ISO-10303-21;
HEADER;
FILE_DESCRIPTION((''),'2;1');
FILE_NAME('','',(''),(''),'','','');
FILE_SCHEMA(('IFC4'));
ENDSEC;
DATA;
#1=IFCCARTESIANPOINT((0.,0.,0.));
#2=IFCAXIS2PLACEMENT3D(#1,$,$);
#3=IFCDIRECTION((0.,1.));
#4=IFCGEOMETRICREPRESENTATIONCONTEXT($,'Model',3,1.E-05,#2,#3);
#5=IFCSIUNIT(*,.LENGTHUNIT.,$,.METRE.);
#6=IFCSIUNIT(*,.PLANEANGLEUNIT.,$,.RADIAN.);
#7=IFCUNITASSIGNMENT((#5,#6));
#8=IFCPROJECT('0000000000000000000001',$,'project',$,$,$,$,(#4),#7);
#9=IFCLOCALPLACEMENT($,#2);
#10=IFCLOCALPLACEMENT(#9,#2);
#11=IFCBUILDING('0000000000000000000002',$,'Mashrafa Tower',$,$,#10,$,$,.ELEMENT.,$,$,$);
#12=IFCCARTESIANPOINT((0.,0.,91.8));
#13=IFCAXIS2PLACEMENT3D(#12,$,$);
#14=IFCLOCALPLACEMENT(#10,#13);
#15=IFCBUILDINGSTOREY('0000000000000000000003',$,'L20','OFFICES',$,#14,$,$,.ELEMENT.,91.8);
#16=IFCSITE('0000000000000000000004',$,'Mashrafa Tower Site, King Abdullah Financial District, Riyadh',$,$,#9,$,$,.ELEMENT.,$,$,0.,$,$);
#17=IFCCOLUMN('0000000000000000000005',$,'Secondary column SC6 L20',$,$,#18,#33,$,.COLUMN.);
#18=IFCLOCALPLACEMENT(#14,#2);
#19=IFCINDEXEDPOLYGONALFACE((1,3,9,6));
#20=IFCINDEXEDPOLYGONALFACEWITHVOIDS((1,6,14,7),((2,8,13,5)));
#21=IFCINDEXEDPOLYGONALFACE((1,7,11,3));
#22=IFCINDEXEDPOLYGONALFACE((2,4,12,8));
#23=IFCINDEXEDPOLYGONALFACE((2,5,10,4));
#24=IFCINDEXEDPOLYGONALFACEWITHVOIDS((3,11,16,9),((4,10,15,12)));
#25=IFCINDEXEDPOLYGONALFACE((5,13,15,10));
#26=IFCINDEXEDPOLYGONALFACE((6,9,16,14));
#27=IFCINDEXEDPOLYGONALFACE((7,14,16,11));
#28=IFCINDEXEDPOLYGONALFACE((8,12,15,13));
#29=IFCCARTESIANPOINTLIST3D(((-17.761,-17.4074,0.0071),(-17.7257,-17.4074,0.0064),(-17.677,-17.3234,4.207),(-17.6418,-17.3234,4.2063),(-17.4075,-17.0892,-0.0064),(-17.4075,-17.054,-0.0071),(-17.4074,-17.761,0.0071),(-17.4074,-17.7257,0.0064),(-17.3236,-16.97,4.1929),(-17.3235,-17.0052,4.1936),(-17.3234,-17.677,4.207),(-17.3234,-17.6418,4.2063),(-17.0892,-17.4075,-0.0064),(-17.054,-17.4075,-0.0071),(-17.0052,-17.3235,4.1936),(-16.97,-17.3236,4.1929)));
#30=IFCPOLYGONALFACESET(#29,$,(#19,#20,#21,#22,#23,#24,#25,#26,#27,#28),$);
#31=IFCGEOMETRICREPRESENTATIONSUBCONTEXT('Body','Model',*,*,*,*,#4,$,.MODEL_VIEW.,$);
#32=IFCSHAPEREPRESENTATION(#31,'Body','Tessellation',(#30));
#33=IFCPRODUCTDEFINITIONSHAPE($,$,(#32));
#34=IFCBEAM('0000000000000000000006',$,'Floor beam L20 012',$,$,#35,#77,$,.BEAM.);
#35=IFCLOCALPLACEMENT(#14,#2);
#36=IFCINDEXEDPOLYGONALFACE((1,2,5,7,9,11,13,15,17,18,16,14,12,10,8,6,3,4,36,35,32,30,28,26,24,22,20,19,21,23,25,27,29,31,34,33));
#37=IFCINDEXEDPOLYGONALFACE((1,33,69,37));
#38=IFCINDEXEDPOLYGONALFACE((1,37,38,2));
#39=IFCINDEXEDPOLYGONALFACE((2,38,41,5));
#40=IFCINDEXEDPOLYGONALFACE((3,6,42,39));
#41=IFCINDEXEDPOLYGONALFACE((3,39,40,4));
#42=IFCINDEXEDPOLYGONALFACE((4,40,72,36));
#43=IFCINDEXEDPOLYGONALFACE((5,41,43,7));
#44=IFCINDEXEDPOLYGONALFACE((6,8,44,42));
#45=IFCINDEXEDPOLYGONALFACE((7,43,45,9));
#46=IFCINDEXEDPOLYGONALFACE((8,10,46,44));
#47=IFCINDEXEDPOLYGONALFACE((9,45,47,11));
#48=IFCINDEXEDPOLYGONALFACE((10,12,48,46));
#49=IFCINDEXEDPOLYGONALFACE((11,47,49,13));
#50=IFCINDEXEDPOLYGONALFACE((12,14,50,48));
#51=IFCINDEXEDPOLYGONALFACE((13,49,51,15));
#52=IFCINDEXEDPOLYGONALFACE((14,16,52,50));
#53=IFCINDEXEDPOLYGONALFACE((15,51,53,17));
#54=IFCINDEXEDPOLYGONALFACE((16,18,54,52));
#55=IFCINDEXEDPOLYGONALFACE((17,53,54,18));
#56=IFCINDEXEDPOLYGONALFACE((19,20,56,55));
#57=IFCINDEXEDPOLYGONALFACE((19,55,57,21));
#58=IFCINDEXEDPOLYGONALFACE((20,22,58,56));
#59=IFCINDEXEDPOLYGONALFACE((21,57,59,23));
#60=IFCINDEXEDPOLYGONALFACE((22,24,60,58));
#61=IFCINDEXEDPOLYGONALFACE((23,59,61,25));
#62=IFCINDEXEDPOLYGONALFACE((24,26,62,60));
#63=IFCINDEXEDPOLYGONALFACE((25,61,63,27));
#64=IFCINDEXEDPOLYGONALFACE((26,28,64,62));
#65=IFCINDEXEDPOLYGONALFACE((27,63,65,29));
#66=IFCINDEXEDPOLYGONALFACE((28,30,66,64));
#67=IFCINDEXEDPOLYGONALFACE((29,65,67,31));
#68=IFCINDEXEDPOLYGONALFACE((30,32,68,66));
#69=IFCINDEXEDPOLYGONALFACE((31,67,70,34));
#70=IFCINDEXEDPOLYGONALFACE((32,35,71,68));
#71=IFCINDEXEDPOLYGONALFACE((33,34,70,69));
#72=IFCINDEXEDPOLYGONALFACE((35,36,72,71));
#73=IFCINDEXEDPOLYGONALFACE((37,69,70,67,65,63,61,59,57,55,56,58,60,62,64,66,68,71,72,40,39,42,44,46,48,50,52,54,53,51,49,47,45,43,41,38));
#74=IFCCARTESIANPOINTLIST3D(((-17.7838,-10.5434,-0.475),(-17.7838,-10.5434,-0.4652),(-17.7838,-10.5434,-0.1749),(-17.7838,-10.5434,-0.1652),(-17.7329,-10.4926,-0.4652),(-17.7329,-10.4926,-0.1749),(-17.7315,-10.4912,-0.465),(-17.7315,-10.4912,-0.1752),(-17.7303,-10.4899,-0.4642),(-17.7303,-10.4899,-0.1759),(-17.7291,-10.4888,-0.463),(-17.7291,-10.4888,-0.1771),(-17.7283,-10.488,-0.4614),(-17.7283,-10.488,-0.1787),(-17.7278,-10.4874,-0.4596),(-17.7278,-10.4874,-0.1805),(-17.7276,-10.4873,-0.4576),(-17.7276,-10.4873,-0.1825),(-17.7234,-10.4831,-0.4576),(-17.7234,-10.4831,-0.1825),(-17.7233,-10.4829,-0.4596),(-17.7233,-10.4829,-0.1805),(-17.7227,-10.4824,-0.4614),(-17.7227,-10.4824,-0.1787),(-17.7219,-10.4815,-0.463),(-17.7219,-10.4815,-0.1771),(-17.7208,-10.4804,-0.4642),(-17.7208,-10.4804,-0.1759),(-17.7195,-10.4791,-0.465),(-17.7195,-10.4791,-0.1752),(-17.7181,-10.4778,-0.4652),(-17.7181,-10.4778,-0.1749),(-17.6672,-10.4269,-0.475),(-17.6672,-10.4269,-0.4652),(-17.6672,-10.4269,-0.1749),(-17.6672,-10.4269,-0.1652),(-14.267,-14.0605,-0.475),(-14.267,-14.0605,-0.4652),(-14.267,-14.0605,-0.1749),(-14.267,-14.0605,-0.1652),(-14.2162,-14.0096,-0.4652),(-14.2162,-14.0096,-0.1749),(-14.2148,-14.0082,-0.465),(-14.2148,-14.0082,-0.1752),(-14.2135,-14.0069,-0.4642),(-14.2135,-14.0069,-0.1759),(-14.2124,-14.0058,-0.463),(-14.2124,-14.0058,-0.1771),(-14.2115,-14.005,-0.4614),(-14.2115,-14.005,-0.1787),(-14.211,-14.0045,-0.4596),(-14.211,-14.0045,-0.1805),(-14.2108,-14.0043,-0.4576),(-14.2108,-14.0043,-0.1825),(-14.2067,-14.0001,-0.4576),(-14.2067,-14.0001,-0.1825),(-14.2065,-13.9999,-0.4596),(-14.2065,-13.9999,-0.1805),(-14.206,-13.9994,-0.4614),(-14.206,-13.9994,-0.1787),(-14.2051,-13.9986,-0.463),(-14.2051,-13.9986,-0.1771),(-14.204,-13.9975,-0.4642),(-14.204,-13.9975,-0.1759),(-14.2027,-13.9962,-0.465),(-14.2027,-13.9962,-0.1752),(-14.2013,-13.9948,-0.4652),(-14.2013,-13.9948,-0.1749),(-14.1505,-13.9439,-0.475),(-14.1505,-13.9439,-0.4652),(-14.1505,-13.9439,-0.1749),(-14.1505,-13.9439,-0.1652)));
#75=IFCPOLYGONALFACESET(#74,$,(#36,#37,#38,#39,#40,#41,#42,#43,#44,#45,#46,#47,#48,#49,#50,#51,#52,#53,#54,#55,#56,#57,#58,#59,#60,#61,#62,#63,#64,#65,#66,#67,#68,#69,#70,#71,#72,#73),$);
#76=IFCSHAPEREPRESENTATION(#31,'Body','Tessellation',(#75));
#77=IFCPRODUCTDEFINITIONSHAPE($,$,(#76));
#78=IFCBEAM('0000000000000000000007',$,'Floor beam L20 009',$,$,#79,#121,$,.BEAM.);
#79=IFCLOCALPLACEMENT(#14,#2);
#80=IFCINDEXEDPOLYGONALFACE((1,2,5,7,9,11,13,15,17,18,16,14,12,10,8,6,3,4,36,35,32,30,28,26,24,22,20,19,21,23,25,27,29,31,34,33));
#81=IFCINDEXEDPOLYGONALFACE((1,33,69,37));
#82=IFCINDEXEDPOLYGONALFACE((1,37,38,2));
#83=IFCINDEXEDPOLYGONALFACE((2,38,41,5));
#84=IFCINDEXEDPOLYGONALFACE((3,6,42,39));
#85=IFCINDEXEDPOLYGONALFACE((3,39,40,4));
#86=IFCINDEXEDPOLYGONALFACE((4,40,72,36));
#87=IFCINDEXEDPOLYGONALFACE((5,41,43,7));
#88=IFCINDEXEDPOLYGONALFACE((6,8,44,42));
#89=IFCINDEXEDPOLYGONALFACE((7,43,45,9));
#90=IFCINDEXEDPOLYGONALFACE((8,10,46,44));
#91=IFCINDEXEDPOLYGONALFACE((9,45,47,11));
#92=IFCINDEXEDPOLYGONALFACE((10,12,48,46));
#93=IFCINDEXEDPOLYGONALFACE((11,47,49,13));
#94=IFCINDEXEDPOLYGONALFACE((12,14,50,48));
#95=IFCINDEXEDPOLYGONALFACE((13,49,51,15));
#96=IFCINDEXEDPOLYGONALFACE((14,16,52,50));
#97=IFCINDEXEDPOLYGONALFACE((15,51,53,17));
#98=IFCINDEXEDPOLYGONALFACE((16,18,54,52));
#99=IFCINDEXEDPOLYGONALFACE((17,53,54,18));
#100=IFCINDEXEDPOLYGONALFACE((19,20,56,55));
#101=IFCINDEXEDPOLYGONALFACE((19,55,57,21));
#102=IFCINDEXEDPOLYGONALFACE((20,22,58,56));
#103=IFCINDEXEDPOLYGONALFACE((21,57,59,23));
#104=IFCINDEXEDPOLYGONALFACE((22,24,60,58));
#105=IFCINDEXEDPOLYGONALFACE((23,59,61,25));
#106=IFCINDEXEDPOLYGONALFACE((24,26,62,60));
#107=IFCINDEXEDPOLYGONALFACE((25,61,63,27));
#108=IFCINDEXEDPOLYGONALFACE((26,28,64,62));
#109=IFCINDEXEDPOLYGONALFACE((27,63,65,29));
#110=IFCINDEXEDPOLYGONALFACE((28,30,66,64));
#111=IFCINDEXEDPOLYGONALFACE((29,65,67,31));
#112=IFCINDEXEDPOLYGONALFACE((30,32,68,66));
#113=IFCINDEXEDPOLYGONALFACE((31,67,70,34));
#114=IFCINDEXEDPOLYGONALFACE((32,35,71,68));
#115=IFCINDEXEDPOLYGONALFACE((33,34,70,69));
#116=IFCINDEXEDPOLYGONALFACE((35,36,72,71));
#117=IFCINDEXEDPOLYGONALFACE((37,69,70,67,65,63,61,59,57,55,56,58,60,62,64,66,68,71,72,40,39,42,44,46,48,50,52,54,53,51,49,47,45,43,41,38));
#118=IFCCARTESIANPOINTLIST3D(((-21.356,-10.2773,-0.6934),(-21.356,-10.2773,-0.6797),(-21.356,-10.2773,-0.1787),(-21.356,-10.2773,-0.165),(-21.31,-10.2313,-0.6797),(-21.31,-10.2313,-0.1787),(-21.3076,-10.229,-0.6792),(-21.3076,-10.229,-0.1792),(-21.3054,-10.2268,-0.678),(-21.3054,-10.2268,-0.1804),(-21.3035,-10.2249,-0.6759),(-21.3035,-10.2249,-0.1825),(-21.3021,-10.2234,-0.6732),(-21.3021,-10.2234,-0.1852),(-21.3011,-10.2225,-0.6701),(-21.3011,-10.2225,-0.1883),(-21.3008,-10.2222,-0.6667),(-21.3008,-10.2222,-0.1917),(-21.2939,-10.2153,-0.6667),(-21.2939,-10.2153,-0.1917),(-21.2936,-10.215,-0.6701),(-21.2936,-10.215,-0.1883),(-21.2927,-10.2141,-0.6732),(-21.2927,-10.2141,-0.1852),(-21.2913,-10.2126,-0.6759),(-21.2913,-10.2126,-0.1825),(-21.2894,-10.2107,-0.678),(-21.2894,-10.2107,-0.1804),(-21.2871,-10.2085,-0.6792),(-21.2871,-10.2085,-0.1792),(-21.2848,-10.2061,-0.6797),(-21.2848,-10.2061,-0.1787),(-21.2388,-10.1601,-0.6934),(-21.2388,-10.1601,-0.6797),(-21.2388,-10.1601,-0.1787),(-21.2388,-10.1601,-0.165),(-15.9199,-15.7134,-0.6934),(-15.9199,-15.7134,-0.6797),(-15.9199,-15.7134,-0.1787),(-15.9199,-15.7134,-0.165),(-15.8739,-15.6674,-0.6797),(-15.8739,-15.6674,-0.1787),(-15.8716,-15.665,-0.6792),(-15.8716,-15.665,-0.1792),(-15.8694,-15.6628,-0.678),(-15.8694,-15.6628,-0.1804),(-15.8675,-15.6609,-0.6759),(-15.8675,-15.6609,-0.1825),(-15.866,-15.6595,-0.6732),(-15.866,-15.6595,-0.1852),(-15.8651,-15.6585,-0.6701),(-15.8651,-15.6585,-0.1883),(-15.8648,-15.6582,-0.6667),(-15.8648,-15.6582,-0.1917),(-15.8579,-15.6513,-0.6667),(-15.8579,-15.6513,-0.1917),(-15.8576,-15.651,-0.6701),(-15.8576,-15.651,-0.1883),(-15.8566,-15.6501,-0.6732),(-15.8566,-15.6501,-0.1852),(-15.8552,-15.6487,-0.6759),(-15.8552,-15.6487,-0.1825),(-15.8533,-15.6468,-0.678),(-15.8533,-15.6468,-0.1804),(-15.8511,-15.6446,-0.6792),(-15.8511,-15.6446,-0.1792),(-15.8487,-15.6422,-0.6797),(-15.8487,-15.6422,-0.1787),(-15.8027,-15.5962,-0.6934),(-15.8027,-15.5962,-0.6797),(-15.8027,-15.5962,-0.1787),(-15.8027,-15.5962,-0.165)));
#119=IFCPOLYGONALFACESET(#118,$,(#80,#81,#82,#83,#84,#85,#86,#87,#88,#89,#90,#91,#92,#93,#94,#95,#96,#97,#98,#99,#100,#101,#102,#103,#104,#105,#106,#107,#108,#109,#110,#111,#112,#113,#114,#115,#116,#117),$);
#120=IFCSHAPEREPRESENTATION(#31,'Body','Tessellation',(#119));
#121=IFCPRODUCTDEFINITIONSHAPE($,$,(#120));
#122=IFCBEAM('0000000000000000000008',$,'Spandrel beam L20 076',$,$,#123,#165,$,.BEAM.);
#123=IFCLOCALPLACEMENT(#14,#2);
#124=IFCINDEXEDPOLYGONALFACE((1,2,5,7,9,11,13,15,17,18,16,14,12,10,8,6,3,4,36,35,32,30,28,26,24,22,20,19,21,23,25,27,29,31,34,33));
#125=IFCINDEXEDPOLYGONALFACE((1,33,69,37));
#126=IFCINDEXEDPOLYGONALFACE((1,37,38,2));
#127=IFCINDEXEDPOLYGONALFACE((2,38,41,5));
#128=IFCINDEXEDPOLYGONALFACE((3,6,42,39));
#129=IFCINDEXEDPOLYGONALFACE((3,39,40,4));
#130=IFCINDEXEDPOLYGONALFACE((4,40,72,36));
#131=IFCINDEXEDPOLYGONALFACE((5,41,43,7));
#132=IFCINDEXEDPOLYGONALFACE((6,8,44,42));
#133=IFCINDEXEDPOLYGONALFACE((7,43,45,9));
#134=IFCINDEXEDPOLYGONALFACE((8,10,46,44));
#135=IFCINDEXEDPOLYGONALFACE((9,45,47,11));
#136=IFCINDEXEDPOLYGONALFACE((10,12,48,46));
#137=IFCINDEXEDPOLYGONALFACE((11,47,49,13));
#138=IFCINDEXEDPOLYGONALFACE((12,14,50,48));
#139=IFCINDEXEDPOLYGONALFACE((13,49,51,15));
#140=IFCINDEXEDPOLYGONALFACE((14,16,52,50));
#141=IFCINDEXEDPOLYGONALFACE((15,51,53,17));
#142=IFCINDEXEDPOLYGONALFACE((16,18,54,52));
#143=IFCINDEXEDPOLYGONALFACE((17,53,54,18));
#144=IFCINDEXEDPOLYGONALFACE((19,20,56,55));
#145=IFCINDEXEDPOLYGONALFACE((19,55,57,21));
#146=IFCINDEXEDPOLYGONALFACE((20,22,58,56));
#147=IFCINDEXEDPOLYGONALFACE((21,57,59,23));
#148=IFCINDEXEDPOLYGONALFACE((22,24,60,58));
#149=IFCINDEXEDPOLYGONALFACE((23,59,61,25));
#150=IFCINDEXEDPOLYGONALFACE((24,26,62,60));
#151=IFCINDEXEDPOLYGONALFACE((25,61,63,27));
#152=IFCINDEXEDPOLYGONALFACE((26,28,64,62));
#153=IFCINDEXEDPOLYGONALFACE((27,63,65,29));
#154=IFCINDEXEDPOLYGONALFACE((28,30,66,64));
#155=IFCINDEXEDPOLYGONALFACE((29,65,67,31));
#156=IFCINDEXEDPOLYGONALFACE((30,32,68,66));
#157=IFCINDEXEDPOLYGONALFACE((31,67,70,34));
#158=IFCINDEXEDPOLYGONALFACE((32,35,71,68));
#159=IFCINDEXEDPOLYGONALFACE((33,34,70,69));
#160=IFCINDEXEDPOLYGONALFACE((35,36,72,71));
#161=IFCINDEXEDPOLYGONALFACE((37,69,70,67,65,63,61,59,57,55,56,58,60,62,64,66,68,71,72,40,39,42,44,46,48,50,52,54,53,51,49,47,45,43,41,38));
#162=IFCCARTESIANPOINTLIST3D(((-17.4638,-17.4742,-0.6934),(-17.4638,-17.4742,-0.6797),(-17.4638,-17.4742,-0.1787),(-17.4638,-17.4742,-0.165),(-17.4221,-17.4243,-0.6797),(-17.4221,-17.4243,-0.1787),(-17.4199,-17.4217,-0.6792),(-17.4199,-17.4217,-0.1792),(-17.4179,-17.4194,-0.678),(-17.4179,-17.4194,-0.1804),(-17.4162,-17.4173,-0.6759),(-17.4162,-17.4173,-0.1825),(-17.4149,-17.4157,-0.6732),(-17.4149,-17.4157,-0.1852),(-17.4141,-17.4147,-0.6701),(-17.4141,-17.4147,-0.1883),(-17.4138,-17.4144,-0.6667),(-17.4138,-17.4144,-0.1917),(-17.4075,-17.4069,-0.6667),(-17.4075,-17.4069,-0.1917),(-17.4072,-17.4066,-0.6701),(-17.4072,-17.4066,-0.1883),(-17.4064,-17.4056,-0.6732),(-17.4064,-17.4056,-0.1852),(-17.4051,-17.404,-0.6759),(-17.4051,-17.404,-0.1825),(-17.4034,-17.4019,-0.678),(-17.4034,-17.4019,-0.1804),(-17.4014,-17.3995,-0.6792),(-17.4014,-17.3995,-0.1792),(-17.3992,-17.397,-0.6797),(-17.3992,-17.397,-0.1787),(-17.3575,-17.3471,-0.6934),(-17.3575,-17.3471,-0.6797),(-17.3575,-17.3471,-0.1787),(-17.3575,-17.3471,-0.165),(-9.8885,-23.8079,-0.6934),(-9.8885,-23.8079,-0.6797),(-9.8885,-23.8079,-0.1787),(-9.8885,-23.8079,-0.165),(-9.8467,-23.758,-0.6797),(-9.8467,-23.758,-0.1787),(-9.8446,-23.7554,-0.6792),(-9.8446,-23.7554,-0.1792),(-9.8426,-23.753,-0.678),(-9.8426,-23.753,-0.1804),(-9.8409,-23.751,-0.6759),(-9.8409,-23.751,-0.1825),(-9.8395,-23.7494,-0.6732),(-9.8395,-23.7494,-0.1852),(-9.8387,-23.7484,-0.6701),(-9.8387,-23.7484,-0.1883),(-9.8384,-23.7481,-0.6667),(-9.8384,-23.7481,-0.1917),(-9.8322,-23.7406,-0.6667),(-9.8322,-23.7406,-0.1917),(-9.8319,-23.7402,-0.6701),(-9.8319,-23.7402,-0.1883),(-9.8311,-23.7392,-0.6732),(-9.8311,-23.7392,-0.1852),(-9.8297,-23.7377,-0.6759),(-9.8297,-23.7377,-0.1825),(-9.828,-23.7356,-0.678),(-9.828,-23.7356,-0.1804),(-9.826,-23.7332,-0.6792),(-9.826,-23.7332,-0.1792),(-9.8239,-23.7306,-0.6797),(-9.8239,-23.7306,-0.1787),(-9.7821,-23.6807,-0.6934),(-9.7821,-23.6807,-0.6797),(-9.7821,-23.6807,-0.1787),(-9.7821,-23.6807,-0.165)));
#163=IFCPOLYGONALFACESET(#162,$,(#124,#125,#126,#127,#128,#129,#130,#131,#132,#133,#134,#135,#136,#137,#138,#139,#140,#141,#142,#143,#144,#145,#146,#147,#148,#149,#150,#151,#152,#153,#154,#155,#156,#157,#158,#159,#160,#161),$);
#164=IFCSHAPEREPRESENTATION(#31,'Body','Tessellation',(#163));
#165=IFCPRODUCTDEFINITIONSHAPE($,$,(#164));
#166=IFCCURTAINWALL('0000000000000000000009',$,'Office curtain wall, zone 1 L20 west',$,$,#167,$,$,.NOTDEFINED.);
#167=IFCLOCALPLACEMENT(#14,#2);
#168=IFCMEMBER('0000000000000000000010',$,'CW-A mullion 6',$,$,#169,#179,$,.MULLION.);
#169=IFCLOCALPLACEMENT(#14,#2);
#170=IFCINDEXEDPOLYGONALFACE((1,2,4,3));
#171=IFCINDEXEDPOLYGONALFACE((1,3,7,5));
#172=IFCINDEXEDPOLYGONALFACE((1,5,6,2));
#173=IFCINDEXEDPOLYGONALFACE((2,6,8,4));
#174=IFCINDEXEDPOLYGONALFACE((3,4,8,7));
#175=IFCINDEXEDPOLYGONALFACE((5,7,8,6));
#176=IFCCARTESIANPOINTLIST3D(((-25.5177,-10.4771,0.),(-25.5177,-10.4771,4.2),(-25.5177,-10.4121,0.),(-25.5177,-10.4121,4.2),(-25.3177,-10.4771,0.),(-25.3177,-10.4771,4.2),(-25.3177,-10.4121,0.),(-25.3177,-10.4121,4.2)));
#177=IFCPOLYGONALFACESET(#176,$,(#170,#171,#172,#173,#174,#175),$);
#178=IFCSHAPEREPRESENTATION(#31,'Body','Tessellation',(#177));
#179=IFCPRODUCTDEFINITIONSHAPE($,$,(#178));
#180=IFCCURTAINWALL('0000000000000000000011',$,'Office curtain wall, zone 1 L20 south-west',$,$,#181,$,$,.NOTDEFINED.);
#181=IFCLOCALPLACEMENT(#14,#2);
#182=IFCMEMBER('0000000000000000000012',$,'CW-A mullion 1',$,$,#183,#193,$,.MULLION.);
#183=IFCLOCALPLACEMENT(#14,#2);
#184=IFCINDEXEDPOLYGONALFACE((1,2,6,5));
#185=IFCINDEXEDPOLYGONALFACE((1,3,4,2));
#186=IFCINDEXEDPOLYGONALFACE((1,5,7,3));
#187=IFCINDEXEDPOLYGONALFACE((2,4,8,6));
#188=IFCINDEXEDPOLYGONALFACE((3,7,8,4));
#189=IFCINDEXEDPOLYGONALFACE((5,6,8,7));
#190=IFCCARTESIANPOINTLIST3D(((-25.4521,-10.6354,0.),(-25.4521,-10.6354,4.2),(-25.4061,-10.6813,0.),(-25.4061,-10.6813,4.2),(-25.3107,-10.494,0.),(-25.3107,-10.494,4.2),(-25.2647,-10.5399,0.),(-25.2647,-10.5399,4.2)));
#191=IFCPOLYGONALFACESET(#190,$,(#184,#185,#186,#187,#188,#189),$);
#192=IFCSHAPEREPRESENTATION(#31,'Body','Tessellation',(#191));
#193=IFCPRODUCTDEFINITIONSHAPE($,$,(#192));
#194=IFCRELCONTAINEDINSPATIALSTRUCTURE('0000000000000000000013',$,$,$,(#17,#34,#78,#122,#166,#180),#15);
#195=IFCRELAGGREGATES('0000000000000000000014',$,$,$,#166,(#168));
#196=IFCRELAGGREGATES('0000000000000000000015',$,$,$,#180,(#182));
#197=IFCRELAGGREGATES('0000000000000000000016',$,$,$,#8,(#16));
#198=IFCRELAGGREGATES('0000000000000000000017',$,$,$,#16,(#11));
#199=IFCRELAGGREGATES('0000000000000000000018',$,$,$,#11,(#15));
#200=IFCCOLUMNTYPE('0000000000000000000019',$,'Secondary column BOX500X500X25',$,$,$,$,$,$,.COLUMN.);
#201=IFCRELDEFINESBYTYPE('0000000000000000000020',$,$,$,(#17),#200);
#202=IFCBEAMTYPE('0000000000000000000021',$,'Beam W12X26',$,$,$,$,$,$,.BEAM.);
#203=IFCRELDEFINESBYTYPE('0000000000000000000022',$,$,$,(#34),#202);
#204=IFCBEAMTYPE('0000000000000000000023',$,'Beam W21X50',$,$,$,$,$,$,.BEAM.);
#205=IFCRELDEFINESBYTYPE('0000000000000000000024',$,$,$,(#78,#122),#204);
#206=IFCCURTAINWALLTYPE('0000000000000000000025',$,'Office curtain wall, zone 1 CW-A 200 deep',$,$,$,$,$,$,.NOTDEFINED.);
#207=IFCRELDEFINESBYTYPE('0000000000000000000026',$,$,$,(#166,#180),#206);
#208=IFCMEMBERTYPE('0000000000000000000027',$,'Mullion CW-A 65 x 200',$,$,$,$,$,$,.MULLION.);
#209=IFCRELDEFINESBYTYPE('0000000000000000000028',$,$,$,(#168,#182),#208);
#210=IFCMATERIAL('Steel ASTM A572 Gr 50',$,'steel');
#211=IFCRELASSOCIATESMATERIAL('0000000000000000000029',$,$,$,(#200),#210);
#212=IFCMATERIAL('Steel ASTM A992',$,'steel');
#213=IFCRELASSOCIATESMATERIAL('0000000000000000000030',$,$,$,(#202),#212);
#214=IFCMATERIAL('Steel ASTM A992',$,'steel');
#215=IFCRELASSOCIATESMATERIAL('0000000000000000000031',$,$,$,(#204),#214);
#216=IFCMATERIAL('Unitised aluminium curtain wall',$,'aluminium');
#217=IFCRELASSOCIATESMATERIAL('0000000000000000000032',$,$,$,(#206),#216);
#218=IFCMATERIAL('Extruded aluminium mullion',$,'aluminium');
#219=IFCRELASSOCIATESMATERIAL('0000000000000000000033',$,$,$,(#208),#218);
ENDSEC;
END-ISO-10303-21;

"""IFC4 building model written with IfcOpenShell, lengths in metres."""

from ifc_helpers import new_model, si_unit, direction, frame, origin, origin_2d, place, context, subcontext, project, spatial, rectangle, hollow_rectangle, i_section, extrude, source, transform, mapped, material, material_profile, profile_set, type_object, type_shapes, element, aggregate, save


model = new_model("IFC4")

# Units and contexts
model_context = context("Model", 3, precision=1e-05, world=origin(), true_north=direction((0.0, 1.0)))
body_context = subcontext(model_context, "Body", "Model", "MODEL_VIEW")
ifc_project = project(units=[si_unit("LENGTHUNIT", "METRE"), si_unit("PLANEANGLEUNIT", "RADIAN")], contexts=[model_context])

# Site, building, storey
site_placement = place(None, origin())
site = spatial("IfcSite", under=ifc_project, at=site_placement, Name="Mashrafa Tower Site, King Abdullah Financial District, Riyadh", CompositionType="ELEMENT", RefElevation=0.0)
building_placement = place(site_placement, origin())
building = spatial("IfcBuilding", under=site, at=building_placement, Name="Mashrafa Tower", CompositionType="ELEMENT")
storey_placement = place(building_placement, frame((0.0, 0.0, 91.8)))
storey = spatial("IfcBuildingStorey", under=building, at=storey_placement, Name="L20", Description="OFFICES", CompositionType="ELEMENT", Elevation=91.8)

# Column
ifc_material_1 = material(Name="Steel ASTM A572 Gr 50", Category="steel")
ifc_material_profile_1 = material_profile(ifc_material_1, hollow_rectangle(XDim=0.5, YDim=0.5, WallThickness=0.0249, at=origin_2d()), Name="BOX500X500X25")
ifc_profile_set_1 = profile_set([ifc_material_profile_1], Name="Steel ASTM A572 Gr 50")
column_type = type_object("IfcColumnType", Name="Secondary column BOX500X500X25", PredefinedType="COLUMN", material=ifc_profile_set_1)
column_placement = place(storey_placement, frame((-17.4075, -17.4075, 0.0), z_axis=(0.019989, 0.019989, 0.9996), x_axis=(-0.707107, 0.707107, 0.0)))
element("IfcColumn", 1, at=column_placement, inside=storey, type_object=column_type, Name="Secondary column SC6 L20", PredefinedType="COLUMN", context=body_context, shape_type="SweptSolid", body=[
    extrude(hollow_rectangle(XDim=0.5, YDim=0.5, WallThickness=0.0249, at=origin_2d()), origin(), (0.0, 0.0, 1.0), 4.2017),
])

# Beams
ifc_material_2 = material(Name="Steel ASTM A992", Category="steel")
ifc_material_profile_2 = material_profile(ifc_material_2, i_section(OverallWidth=0.1648, OverallDepth=0.3098, WebThickness=0.0059, FlangeThickness=0.0098, FilletRadius=0.0076, at=origin_2d()), Name="W12X26")
ifc_profile_set_2 = profile_set([ifc_material_profile_2], Name="Steel ASTM A992")
beam_type_1 = type_object("IfcBeamType", Name="Beam W12X26", PredefinedType="BEAM", material=ifc_profile_set_2)
beam_1_placement = place(storey_placement, frame((-14.2087, -14.0022, -0.3201), z_axis=(-0.707082, 0.707131, 0.0), x_axis=(-0.707131, -0.707082, 0.0)))
element("IfcBeam", 2, at=beam_1_placement, inside=storey, type_object=beam_type_1, Name="Floor beam L20 012", PredefinedType="BEAM", context=body_context, shape_type="SweptSolid", body=[
    extrude(i_section(OverallWidth=0.1648, OverallDepth=0.3098, WebThickness=0.0059, FlangeThickness=0.0098, FilletRadius=0.0076, at=origin_2d()), origin(), (0.0, 0.0, 1.0), 4.9736),
])
ifc_material_3 = material(Name="Steel ASTM A992", Category="steel")
ifc_material_profile_3 = material_profile(ifc_material_3, i_section(OverallWidth=0.1658, OverallDepth=0.5283, WebThickness=0.0098, FlangeThickness=0.0137, FilletRadius=0.0129, at=origin_2d()), Name="W21X50")
ifc_profile_set_3 = profile_set([ifc_material_profile_3], Name="Steel ASTM A992")
beam_type_2 = type_object("IfcBeamType", Name="Beam W21X50", PredefinedType="BEAM", material=ifc_profile_set_3)
beam_2_placement = place(storey_placement, frame((-15.8613, -15.6548, -0.4292), z_axis=(-0.707107, 0.707107, 0.0), x_axis=(-0.707107, -0.707107, 0.0)))
element("IfcBeam", 3, at=beam_2_placement, inside=storey, type_object=beam_type_2, Name="Floor beam L20 009", PredefinedType="BEAM", context=body_context, shape_type="SweptSolid", body=[
    extrude(i_section(OverallWidth=0.1658, OverallDepth=0.5283, WebThickness=0.0098, FlangeThickness=0.0137, FilletRadius=0.0129, at=origin_2d()), origin(), (0.0, 0.0, 1.0), 7.6877),
])
beam_3_placement = place(storey_placement, frame((-17.4106, -17.4106, -0.4292), z_axis=(0.767181, -0.641431, 0.0), x_axis=(0.641431, 0.767181, 0.0)))
element("IfcBeam", 4, at=beam_3_placement, inside=storey, type_object=beam_type_2, Name="Spandrel beam L20 076", PredefinedType="BEAM", context=body_context, shape_type="SweptSolid", body=[
    extrude(i_section(OverallWidth=0.1658, OverallDepth=0.5283, WebThickness=0.0098, FlangeThickness=0.0137, FilletRadius=0.0129, at=origin_2d()), origin(), (0.0, 0.0, 1.0), 9.8743),
])

# Curtain wall, member
ifc_material_4 = material(Name="Unitised aluminium curtain wall", Category="aluminium")
curtain_wall_type = type_object("IfcCurtainWallType", Name="Office curtain wall, zone 1 CW-A 200 deep", PredefinedType="NOTDEFINED", material=ifc_material_4)
curtain_wall_1_placement = place(storey_placement, origin())
curtain_wall_1 = element("IfcCurtainWall", 5, at=curtain_wall_1_placement, inside=storey, type_object=curtain_wall_type, Name="Office curtain wall, zone 1 L20 west", PredefinedType="NOTDEFINED")
ifc_material_5 = material(Name="Extruded aluminium mullion", Category="aluminium")
ifc_material_profile_4 = material_profile(ifc_material_5, rectangle(XDim=0.2, YDim=0.0649, at=origin_2d()), Name="Mullion 65x200")
ifc_profile_set_4 = profile_set([ifc_material_profile_4], Name="Extruded aluminium mullion")
member_type_1 = type_object("IfcMemberType", Name="Mullion CW-A 65 x 200", PredefinedType="MULLION", material=ifc_profile_set_4)
shared_shape_1 = source(origin(), body_context, "Body", "SweptSolid", [
    extrude(rectangle(XDim=0.2, YDim=0.0649, at=origin_2d()), origin(), (0.0, 0.0, 1.0), 4.2),
])
type_shapes(member_type_1, [shared_shape_1])
member_1_placement = place(storey_placement, frame((-25.4177, -10.4446, 0.0), z_axis=(0.0, 0.0, 1.0), x_axis=(1.0, 0.0, 0.0)))
member_1 = element("IfcMember", 6, at=member_1_placement, type_object=member_type_1, Name="CW-A mullion 6", PredefinedType="MULLION", context=body_context, shape_type="MappedRepresentation", body=[
    mapped(shared_shape_1, transform((0.0, 0.0, 0.0))),
])
aggregate(curtain_wall_1, [member_1])

# Curtain wall, member
curtain_wall_2_placement = place(storey_placement, origin())
curtain_wall_2 = element("IfcCurtainWall", 7, at=curtain_wall_2_placement, inside=storey, type_object=curtain_wall_type, Name="Office curtain wall, zone 1 L20 south-west", PredefinedType="NOTDEFINED")
member_2_placement = place(storey_placement, frame((-25.3584, -10.5876, 0.0), z_axis=(0.0, 0.0, 1.0), x_axis=(0.707107, 0.707107, 0.0)))
member_2 = element("IfcMember", 8, at=member_2_placement, type_object=member_type_1, Name="CW-A mullion 1", PredefinedType="MULLION", context=body_context, shape_type="MappedRepresentation", body=[
    mapped(shared_shape_1, transform((0.0, 0.0, 0.0))),
])
aggregate(curtain_wall_2, [member_2])

save(model, "model.ifc")
